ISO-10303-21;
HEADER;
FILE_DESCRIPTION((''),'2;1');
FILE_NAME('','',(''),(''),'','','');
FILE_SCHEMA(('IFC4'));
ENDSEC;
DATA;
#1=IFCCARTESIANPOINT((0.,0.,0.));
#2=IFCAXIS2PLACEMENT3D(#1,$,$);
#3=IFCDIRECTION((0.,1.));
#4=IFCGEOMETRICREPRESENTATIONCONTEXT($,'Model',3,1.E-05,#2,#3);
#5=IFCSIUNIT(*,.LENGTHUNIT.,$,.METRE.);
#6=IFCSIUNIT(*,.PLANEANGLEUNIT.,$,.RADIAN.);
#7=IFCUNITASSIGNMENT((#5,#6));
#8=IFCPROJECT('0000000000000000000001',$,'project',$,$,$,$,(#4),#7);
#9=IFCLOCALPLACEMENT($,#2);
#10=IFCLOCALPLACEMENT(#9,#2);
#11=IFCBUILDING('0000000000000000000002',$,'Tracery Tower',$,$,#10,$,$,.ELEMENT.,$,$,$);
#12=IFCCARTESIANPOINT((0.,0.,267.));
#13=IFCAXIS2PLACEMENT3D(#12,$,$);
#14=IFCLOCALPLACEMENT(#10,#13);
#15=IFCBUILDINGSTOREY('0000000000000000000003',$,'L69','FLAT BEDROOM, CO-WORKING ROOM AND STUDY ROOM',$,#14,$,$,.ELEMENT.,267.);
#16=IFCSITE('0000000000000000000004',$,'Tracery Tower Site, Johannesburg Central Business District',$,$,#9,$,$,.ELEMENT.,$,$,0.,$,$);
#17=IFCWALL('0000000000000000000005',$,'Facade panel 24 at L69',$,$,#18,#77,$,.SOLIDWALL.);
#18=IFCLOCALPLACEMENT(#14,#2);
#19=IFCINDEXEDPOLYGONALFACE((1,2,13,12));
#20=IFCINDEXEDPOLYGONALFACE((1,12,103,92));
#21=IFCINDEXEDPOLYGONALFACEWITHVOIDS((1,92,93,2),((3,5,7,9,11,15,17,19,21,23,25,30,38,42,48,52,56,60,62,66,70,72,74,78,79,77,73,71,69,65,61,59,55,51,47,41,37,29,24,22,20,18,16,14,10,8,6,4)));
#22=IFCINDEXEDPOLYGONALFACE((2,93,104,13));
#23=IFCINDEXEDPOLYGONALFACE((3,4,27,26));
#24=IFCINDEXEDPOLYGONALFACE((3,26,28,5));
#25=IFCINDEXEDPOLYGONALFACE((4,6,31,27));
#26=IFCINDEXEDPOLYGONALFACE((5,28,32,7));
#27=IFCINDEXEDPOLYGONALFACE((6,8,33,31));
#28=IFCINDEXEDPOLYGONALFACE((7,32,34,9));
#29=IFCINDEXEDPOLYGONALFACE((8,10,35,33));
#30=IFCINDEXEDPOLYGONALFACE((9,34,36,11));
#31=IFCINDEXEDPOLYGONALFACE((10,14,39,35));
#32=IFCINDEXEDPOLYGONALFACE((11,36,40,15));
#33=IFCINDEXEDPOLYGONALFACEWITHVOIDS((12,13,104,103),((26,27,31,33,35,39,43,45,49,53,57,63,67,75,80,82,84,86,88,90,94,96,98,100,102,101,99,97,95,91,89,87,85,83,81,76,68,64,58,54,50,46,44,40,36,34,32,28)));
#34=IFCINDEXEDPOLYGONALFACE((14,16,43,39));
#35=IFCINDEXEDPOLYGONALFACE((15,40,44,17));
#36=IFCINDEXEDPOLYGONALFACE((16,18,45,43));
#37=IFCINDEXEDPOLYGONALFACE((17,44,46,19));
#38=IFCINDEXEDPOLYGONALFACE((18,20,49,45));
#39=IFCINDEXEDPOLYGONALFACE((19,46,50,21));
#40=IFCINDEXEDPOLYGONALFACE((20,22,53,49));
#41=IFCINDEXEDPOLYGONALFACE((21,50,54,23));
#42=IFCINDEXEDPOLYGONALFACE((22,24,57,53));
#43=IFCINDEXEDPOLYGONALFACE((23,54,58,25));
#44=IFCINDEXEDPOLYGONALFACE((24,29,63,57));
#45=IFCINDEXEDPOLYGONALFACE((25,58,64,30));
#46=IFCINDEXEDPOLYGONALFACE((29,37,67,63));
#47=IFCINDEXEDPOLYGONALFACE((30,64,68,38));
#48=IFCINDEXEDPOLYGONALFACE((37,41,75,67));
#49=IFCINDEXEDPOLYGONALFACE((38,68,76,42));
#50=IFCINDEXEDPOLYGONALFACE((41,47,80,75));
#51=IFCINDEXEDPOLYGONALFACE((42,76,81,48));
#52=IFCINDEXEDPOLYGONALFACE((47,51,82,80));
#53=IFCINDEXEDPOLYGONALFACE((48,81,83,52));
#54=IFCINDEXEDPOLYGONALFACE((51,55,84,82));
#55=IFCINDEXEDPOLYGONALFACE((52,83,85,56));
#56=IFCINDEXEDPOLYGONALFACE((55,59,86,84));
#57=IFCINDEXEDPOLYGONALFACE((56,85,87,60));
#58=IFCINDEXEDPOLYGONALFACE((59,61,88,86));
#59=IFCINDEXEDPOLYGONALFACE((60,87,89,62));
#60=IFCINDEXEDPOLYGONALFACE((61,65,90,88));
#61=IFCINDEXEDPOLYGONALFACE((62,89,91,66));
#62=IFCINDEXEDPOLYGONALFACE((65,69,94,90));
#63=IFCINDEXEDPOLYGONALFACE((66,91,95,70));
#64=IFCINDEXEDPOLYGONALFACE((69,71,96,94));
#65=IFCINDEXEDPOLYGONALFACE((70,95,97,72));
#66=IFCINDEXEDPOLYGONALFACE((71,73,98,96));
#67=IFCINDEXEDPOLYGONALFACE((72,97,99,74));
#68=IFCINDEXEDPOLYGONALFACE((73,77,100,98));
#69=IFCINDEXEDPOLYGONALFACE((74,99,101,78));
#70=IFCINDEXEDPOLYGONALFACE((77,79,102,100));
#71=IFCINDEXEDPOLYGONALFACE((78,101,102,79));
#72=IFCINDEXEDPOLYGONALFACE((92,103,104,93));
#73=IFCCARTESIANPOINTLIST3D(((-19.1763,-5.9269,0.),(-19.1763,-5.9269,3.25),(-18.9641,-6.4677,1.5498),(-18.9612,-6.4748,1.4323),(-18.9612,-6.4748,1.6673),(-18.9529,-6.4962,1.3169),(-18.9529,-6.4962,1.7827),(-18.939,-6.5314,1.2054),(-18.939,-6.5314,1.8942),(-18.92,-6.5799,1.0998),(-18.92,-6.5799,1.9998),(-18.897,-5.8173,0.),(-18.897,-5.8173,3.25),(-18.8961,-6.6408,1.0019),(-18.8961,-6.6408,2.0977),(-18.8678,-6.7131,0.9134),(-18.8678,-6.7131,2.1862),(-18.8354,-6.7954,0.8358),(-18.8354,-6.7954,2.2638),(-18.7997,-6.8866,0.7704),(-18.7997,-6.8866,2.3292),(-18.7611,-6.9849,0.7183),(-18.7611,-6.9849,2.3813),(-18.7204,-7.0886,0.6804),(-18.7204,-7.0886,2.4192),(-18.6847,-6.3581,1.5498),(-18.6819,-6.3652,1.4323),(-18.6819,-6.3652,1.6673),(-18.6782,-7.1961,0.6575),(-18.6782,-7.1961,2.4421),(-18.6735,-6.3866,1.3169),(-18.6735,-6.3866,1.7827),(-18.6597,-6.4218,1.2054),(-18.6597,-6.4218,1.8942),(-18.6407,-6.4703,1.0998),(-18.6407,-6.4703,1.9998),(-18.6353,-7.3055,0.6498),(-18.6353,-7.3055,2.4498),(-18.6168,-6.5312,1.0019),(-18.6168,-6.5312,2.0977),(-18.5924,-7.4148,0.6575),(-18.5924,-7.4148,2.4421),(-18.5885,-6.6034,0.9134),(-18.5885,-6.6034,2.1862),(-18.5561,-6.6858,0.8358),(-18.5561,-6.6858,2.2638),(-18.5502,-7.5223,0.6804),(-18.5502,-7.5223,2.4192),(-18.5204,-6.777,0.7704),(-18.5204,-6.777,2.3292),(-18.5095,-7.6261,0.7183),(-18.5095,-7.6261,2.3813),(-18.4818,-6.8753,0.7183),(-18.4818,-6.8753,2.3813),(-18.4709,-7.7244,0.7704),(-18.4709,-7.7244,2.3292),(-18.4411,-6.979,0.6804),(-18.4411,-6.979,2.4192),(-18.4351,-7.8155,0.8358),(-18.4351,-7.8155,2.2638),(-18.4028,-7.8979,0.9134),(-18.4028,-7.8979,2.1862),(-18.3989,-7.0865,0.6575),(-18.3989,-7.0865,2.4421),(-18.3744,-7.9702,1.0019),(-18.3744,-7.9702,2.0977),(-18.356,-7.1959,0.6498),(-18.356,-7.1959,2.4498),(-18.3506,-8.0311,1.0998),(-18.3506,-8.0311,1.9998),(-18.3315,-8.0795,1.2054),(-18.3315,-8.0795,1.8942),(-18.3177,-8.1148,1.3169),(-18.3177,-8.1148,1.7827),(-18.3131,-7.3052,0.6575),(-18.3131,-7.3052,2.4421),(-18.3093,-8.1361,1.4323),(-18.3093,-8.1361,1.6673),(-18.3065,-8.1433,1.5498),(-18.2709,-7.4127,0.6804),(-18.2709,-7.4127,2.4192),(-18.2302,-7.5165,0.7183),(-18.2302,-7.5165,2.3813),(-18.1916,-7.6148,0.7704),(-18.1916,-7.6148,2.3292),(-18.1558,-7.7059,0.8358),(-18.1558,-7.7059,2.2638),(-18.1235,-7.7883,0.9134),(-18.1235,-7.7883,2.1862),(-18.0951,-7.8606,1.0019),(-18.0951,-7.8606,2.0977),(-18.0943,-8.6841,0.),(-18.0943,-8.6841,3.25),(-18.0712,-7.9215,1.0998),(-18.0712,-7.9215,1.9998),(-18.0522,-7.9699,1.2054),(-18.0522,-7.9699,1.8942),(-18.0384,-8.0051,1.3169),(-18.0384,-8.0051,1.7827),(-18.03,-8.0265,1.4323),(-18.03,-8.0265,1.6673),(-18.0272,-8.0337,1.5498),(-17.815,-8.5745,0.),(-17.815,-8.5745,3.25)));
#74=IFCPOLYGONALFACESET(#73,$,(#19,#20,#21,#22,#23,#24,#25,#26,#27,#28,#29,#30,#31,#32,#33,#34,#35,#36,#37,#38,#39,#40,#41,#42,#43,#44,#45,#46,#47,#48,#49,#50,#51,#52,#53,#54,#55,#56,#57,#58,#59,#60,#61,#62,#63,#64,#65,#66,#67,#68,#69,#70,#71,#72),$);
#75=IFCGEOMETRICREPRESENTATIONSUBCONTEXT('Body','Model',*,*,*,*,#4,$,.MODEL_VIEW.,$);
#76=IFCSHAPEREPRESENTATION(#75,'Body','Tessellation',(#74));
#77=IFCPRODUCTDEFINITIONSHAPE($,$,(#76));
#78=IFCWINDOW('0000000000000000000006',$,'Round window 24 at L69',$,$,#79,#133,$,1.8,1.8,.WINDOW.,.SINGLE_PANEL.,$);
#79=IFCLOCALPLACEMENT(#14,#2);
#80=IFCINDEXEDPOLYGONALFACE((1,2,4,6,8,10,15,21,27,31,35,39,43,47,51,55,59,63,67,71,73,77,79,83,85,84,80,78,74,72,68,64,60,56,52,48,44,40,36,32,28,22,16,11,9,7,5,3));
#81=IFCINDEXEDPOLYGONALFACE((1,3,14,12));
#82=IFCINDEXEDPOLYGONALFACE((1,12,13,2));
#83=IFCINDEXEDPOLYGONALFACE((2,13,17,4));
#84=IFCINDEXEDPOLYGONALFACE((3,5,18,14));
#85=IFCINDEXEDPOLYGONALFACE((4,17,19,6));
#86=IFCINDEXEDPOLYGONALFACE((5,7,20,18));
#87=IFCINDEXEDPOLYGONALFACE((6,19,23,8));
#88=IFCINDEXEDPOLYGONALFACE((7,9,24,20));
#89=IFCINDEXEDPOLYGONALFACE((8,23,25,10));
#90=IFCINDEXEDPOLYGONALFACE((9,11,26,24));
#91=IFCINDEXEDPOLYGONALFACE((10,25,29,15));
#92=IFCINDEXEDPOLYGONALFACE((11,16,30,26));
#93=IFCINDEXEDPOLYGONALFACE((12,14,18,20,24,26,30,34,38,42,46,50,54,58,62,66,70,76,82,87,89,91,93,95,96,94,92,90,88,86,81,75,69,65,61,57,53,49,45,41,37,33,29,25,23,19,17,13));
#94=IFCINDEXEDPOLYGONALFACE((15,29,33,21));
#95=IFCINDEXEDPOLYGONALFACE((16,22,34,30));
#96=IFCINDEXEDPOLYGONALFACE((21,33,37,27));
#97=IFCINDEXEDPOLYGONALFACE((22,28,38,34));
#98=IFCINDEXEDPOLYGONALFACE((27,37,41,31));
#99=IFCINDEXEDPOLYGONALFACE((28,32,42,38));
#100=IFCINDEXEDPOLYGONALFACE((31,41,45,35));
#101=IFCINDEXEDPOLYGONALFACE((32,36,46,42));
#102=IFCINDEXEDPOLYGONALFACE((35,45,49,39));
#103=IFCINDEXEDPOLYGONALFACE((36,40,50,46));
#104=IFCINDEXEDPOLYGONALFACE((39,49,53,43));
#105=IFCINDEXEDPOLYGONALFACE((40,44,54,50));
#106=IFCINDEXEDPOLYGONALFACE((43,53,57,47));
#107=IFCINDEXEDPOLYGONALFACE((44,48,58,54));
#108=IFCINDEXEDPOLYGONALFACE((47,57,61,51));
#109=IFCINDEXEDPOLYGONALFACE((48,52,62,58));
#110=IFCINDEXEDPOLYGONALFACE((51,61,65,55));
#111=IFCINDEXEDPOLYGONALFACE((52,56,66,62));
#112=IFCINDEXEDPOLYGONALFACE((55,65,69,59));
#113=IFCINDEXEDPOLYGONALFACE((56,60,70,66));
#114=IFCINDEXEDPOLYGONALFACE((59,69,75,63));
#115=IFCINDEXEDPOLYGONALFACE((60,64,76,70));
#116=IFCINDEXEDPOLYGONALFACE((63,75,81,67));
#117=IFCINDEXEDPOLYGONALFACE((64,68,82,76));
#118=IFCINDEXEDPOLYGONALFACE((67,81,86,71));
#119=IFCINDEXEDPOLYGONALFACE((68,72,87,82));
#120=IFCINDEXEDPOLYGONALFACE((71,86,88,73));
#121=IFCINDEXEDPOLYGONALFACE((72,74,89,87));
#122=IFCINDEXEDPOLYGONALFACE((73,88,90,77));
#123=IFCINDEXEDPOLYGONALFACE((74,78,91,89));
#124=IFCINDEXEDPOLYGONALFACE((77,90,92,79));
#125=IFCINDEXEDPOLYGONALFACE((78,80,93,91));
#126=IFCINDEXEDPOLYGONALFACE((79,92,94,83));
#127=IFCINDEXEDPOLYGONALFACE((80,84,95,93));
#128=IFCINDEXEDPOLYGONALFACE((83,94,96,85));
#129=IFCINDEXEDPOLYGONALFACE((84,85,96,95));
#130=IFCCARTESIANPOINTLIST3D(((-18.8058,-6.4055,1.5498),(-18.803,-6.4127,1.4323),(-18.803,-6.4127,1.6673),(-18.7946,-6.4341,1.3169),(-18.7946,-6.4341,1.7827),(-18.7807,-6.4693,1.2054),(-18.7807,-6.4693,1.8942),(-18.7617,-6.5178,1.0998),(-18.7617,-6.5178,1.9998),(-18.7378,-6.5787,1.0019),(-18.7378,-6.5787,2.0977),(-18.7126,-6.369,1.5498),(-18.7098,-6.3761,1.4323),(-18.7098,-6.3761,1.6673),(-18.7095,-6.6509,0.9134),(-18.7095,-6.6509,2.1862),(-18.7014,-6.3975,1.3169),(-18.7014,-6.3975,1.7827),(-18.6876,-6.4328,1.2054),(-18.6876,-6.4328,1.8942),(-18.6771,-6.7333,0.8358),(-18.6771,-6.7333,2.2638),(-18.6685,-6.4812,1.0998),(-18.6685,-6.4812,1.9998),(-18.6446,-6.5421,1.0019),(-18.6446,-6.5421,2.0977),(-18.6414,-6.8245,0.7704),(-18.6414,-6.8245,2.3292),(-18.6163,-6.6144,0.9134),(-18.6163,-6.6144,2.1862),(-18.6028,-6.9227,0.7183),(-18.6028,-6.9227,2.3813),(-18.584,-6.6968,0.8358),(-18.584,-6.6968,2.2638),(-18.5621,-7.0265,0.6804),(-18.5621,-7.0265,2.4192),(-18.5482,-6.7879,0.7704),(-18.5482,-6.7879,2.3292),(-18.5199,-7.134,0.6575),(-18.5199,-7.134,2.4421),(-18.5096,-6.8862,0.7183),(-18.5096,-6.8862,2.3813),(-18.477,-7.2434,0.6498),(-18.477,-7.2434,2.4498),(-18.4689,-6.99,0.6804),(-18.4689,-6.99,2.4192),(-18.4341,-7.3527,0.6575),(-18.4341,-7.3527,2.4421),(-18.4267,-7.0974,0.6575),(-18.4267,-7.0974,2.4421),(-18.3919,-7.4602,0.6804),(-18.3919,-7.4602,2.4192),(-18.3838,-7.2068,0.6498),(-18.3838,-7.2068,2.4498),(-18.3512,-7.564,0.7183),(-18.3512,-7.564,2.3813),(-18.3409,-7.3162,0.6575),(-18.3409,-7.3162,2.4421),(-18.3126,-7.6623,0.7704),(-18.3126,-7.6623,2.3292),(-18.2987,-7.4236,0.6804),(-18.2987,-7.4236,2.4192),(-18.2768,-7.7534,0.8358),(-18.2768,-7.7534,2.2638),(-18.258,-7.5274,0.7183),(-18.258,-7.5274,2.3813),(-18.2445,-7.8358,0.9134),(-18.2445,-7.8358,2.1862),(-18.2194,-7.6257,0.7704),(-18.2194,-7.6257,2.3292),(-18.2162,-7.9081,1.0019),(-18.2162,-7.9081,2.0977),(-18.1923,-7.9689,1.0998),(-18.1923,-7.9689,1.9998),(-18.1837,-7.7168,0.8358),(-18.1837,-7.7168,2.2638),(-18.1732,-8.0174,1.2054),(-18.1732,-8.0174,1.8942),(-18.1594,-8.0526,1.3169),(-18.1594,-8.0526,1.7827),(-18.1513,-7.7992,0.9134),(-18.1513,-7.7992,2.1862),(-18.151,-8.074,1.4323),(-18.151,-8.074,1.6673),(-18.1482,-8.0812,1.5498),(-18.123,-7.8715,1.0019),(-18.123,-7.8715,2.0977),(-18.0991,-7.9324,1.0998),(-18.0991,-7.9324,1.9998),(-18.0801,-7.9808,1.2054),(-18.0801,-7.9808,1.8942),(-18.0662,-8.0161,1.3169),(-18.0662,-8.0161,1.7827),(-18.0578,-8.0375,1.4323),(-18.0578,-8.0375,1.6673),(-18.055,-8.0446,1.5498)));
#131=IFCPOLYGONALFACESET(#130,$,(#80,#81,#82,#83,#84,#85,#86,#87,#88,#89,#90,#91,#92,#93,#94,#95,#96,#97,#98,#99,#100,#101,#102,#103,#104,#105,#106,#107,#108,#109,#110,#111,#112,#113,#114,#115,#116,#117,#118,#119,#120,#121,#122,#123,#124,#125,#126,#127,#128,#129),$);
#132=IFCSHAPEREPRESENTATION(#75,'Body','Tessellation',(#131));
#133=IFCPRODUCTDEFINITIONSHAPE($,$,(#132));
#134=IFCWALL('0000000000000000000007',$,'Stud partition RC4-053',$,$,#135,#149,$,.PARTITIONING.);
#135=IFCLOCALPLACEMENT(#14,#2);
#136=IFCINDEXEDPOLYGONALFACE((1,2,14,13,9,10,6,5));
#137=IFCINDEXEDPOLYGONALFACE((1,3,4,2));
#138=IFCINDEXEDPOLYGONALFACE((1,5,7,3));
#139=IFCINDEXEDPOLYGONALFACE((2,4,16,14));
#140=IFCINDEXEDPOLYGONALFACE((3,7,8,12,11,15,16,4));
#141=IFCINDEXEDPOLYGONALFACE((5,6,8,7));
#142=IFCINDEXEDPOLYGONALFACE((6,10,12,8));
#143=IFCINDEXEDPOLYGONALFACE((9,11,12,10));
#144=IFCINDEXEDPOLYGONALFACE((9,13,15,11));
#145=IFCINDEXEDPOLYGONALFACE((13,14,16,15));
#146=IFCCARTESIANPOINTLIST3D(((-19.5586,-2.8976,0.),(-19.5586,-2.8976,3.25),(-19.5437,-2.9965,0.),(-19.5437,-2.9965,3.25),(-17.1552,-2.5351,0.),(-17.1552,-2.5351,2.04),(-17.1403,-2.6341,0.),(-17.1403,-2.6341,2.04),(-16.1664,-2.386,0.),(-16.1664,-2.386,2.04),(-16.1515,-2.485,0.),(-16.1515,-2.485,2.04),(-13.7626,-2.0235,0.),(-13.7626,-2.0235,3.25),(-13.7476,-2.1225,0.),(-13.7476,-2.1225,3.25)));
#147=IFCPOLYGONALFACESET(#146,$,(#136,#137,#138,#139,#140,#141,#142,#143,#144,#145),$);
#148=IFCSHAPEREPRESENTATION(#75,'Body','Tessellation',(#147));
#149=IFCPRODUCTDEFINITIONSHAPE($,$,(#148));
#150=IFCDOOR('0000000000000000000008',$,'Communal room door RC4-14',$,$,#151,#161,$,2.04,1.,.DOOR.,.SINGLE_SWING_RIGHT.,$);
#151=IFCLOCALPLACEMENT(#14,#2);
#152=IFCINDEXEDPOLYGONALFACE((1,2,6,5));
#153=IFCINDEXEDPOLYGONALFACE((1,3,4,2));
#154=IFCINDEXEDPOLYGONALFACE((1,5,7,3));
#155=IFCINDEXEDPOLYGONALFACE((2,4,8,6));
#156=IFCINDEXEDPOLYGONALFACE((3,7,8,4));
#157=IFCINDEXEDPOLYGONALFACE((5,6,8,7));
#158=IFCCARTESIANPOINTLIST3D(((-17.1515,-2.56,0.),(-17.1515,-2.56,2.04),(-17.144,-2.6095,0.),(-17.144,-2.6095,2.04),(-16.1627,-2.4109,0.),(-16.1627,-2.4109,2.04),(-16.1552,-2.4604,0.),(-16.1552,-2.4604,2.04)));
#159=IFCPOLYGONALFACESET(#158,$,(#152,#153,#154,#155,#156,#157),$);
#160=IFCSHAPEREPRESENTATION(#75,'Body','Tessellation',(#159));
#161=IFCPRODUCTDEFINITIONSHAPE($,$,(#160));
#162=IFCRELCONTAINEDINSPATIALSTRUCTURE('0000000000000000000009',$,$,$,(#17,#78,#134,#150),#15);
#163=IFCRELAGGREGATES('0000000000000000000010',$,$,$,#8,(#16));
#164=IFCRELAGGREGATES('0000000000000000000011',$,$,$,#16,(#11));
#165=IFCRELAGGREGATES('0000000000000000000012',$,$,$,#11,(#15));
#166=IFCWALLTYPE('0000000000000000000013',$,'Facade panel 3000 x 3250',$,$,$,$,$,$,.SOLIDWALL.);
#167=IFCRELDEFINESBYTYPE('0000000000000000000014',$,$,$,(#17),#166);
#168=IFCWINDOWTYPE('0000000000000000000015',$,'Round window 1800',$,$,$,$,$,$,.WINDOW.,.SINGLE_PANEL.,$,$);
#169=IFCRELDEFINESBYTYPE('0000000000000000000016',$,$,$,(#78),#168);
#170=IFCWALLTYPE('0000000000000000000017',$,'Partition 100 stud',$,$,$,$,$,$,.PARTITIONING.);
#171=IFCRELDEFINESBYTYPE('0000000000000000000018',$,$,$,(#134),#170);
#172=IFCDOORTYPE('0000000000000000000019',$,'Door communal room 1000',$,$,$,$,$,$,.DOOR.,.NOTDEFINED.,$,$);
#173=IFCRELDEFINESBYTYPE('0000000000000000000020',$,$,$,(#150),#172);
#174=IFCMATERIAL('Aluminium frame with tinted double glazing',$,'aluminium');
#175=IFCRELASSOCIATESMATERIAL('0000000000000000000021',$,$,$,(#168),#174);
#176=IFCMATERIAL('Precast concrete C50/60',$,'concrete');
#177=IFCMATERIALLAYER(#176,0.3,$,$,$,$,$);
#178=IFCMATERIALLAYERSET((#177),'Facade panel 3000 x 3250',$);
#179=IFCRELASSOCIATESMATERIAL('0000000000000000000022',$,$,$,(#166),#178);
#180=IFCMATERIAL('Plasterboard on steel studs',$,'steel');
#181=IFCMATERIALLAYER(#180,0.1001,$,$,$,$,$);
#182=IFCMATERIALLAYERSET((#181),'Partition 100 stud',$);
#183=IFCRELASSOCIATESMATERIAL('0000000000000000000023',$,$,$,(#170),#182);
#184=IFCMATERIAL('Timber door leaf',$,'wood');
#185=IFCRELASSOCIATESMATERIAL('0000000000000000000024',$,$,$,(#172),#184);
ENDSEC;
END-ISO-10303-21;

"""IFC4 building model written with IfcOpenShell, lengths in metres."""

from ifc_helpers import new_model, si_unit, direction, frame, frame_2d, origin, origin_2d, place, context, subcontext, project, spatial, rectangle, circle, extrude, material, layer, layer_set, type_object, element, fill, save


model = new_model("IFC4")

# Units and contexts
model_context = context("Model", 3, precision=1e-05, world=origin(), true_north=direction((0.0, 1.0)))
body_context = subcontext(model_context, "Body", "Model", "MODEL_VIEW")
ifc_project = project(units=[si_unit("LENGTHUNIT", "METRE"), si_unit("PLANEANGLEUNIT", "RADIAN")], contexts=[model_context])

# Site, building, storey
site_placement = place(None, origin())
site = spatial("IfcSite", under=ifc_project, at=site_placement, Name="Tracery Tower Site, Johannesburg Central Business District", CompositionType="ELEMENT", RefElevation=0.0)
building_placement = place(site_placement, origin())
building = spatial("IfcBuilding", under=site, at=building_placement, Name="Tracery Tower", CompositionType="ELEMENT")
storey_placement = place(building_placement, frame((0.0, 0.0, 267.0)))
storey = spatial("IfcBuildingStorey", under=building, at=storey_placement, Name="L69", Description="FLAT BEDROOM, CO-WORKING ROOM AND STUDY ROOM", CompositionType="ELEMENT", Elevation=267.0)

# Wall, opening, window
ifc_material_1 = material(Name="Aluminium frame with tinted double glazing", Category="aluminium")
window_type = type_object("IfcWindowType", Name="Round window 1800", PartitioningType="SINGLE_PANEL", PredefinedType="WINDOW", material=ifc_material_1)
ifc_material_2 = material(Name="Precast concrete C50/60", Category="concrete")
ifc_layer_1 = layer(ifc_material_2, 0.3)
ifc_layer_set_1 = layer_set([ifc_layer_1], Name="Facade panel 3000 x 3250")
wall_type_1 = type_object("IfcWallType", Name="Facade panel 3000 x 3250", PredefinedType="SOLIDWALL", material=ifc_layer_set_1)
wall_1_placement = place(storey_placement, frame((-19.0366, -5.8721, 0.0), z_axis=(0.0, 0.0, 1.0), x_axis=(0.3653, -0.93089, 0.0)))
wall_1 = element("IfcWall", 1, at=wall_1_placement, inside=storey, type_object=wall_type_1, Name="Facade panel 24 at L69", PredefinedType="SOLIDWALL", context=body_context, shape_type="SweptSolid", body=[
    extrude(rectangle(XDim=2.9619, YDim=0.3, at=frame_2d((1.481, 0.0))), origin(), (0.0, 0.0, 1.0), 3.25),
])
opening_1_placement = place(wall_1_placement, frame((1.481, 0.0, 1.5498)))
opening_1 = element("IfcOpeningElement", 2, at=opening_1_placement, cuts=wall_1, PredefinedType="OPENING", context=body_context, shape_type="SweptSolid", body=[
    extrude(circle(Radius=0.9, at=origin_2d()), frame((0.0, 0.1599, 0.0), z_axis=(0.0, -1.0, 0.0), x_axis=(1.0, 0.0, 0.0)), (0.0, 0.0, 1.0), 0.3201),
])
window_1_placement = place(opening_1_placement, origin())
window_1 = element("IfcWindow", 3, at=window_1_placement, inside=storey, type_object=window_type, Name="Round window 24 at L69", OverallHeight=1.8, OverallWidth=1.8, PartitioningType="SINGLE_PANEL", PredefinedType="WINDOW", context=body_context, shape_type="SweptSolid", body=[
    extrude(circle(Radius=0.9, at=origin_2d()), frame((0.0, 0.1201, 0.0), z_axis=(0.0, -1.0, 0.0), x_axis=(1.0, 0.0, 0.0)), (0.0, 0.0, 1.0), 0.1001),
])
fill(opening_1, window_1)

# Wall, opening, door
ifc_material_3 = material(Name="Plasterboard on steel studs", Category="steel")
ifc_layer_2 = layer(ifc_material_3, 0.1001)
ifc_layer_set_2 = layer_set([ifc_layer_2], Name="Partition 100 stud")
wall_type_2 = type_object("IfcWallType", Name="Partition 100 stud", PredefinedType="PARTITIONING", material=ifc_layer_set_2)
wall_2_placement = place(storey_placement, frame((-19.551, -2.947, 0.0), z_axis=(0.0, 0.0, 1.0), x_axis=(0.988821, 0.149108, 0.0)))
wall_2 = element("IfcWall", 4, at=wall_2_placement, inside=storey, type_object=wall_type_2, Name="Stud partition RC4-053", PredefinedType="PARTITIONING", context=body_context, shape_type="SweptSolid", body=[
    extrude(rectangle(XDim=5.8616, YDim=0.1001, at=frame_2d((2.9307, 0.0))), origin(), (0.0, 0.0, 1.0), 3.25),
])
opening_2_placement = place(wall_2_placement, frame((2.4304, 0.0, 0.0)))
opening_2 = element("IfcOpeningElement", 5, at=opening_2_placement, cuts=wall_2, PredefinedType="OPENING", context=body_context, shape_type="SweptSolid", body=[
    extrude(rectangle(XDim=1.0, YDim=2.04, at=frame_2d((0.5, 1.02))), frame((0.0, 0.05, 0.0), z_axis=(0.0, -1.0, 0.0), x_axis=(1.0, 0.0, 0.0)), (0.0, 0.0, 1.0), 0.1001),
])
ifc_material_4 = material(Name="Timber door leaf", Category="wood")
door_type_1 = type_object("IfcDoorType", Name="Door communal room 1000", OperationType="NOTDEFINED", PredefinedType="DOOR", material=ifc_material_4)
door_1_placement = place(opening_2_placement, origin())
door_1 = element("IfcDoor", 6, at=door_1_placement, inside=storey, type_object=door_type_1, Name="Communal room door RC4-14", OperationType="SINGLE_SWING_RIGHT", OverallHeight=2.04, OverallWidth=1.0, PredefinedType="DOOR", context=body_context, shape_type="SweptSolid", body=[
    extrude(rectangle(XDim=1.0, YDim=2.04, at=frame_2d((0.5, 1.02))), frame((0.0, 0.0249, 0.0), z_axis=(0.0, -1.0, 0.0), x_axis=(1.0, 0.0, 0.0)), (0.0, 0.0, 1.0), 0.05),
])
fill(opening_2, door_1)

save(model, "model.ifc")
